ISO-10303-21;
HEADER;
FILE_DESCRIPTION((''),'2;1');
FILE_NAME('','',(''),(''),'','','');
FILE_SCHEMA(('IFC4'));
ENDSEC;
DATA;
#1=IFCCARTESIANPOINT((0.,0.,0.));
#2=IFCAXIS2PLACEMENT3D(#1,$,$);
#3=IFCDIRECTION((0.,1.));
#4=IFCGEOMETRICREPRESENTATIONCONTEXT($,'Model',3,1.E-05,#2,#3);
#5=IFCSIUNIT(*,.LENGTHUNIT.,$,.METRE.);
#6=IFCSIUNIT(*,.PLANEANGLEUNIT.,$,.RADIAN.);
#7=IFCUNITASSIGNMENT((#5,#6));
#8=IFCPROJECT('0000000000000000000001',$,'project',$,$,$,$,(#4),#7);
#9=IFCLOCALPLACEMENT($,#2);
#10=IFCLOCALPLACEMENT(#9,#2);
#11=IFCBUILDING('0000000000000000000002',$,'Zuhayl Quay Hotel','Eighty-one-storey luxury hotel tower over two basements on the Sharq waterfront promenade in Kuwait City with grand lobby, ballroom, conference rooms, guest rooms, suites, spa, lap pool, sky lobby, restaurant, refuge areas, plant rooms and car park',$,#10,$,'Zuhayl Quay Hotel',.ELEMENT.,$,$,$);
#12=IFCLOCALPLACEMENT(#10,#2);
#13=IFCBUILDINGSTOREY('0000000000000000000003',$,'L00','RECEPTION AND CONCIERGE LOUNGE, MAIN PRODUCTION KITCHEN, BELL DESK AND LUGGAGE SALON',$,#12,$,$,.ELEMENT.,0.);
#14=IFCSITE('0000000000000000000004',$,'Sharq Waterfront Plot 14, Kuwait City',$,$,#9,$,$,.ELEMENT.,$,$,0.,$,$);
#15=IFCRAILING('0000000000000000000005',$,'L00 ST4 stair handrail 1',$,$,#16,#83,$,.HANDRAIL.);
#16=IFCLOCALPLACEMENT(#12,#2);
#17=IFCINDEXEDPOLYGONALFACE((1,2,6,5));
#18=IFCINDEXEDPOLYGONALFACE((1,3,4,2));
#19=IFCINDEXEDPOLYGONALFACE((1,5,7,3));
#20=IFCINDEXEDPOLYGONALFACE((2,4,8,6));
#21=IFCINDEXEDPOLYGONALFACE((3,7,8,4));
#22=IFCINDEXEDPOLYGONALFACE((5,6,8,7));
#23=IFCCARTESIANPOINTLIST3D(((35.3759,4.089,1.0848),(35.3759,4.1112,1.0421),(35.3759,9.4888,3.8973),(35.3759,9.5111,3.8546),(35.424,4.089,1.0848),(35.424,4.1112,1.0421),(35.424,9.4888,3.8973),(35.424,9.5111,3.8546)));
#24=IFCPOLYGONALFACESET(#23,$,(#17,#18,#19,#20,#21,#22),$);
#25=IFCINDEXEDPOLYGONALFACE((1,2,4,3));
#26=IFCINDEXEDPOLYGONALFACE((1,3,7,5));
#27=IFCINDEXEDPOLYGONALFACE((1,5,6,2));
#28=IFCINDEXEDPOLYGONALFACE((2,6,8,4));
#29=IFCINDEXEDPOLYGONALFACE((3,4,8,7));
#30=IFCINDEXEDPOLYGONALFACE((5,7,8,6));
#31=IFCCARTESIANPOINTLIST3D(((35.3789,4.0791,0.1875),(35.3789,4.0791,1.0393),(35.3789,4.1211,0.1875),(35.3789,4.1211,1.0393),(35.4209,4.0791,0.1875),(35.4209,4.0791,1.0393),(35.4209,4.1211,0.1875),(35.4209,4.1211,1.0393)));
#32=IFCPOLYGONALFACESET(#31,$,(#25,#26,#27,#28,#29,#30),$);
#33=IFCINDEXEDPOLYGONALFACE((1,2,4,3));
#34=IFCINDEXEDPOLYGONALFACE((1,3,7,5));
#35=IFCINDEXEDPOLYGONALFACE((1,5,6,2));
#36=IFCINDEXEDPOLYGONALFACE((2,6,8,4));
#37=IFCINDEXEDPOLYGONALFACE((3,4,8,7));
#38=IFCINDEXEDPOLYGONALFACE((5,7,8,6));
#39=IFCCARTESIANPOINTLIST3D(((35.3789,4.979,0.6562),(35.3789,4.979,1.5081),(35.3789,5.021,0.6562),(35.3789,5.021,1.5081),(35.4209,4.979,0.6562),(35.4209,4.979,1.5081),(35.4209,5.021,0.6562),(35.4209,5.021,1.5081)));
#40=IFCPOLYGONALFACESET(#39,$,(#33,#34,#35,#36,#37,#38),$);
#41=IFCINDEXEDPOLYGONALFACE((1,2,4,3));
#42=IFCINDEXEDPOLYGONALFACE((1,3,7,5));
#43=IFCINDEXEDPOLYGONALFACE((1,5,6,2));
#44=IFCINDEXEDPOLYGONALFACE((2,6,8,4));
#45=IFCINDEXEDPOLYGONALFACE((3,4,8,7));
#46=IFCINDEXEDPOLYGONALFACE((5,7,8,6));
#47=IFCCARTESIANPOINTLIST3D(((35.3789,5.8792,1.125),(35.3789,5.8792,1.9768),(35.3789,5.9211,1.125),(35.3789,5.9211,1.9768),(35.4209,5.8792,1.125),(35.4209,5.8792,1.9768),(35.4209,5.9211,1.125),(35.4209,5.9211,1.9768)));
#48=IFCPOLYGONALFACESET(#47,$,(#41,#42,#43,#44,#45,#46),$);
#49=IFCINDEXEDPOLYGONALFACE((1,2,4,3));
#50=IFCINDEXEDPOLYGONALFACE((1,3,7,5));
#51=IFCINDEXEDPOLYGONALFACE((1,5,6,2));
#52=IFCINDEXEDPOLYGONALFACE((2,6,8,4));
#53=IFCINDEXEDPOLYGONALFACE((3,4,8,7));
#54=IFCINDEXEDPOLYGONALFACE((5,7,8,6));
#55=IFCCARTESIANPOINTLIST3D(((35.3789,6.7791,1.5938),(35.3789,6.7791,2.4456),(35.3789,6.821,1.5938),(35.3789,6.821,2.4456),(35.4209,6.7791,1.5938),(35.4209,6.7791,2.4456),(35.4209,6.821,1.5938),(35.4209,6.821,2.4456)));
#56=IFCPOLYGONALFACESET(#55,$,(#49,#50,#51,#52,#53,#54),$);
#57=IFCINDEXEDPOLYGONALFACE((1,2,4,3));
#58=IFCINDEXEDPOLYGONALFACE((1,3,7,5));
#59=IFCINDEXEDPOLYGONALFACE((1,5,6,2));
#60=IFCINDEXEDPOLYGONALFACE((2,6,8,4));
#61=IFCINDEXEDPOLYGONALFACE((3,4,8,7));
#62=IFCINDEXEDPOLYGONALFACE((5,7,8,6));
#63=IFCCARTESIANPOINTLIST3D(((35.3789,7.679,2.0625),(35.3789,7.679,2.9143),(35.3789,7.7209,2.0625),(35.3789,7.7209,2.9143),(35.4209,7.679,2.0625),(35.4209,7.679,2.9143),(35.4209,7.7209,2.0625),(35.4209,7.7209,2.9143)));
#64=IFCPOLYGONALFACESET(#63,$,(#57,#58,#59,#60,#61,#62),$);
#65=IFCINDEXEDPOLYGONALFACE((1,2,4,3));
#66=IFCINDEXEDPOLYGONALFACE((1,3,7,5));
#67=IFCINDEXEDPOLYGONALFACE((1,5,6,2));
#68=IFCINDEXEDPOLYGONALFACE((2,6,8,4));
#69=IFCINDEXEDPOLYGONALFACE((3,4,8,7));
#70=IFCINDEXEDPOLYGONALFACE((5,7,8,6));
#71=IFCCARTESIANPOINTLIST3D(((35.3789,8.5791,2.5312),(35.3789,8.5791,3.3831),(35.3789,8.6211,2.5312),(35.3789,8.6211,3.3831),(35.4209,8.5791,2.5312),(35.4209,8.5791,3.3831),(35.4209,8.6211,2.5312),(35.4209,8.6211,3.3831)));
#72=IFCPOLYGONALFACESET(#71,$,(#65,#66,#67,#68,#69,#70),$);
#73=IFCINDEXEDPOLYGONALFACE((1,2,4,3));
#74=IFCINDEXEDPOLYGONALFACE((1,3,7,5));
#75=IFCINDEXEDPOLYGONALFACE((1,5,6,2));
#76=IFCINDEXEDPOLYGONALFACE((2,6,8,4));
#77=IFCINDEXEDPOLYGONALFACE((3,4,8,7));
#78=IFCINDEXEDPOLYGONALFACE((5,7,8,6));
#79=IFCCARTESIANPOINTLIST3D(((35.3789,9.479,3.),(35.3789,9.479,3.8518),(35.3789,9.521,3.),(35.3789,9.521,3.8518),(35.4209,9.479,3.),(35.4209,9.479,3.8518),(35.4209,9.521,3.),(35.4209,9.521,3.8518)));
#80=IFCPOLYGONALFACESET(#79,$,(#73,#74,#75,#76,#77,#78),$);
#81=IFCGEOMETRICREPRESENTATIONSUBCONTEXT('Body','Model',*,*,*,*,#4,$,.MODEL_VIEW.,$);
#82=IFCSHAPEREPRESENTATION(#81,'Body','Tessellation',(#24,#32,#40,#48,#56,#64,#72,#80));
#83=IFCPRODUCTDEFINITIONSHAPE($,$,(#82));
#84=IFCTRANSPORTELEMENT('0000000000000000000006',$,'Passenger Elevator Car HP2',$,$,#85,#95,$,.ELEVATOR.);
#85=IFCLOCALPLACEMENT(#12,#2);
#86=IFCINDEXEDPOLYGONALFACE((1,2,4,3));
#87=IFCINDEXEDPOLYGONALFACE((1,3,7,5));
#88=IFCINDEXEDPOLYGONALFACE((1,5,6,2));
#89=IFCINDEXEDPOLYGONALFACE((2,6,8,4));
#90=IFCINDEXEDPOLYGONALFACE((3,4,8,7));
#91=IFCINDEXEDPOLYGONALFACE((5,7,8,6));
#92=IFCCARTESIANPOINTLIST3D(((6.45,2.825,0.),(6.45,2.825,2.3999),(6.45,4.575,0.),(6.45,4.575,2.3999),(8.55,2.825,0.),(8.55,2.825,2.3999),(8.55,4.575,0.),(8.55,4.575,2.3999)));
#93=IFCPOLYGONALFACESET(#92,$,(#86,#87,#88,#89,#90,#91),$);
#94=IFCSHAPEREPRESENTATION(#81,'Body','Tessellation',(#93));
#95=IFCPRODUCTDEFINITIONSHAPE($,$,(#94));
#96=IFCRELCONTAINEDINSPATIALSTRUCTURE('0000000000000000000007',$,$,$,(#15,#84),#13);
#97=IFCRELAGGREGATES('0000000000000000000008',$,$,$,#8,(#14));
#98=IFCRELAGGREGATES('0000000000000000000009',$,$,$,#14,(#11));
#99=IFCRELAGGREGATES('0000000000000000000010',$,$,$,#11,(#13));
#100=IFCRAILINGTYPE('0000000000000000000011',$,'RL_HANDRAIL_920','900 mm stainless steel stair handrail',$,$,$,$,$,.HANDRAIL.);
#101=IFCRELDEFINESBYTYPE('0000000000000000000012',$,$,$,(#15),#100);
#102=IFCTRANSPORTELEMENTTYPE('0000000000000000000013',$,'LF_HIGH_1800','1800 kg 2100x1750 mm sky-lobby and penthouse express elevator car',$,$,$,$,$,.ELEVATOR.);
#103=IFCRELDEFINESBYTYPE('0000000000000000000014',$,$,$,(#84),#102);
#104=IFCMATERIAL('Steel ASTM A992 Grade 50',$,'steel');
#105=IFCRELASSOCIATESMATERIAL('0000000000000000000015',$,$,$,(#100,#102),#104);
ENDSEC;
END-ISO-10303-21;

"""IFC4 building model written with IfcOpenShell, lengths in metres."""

from ifc_helpers import new_model, si_unit, direction, frame, origin, origin_2d, place, context, subcontext, project, spatial, rectangle, extrude, material, type_object, element, save


model = new_model("IFC4")

# Units and contexts
model_context = context("Model", 3, precision=1e-05, world=origin(), true_north=direction((0.0, 1.0)))
body_context = subcontext(model_context, "Body", "Model", "MODEL_VIEW")
ifc_project = project(units=[si_unit("LENGTHUNIT", "METRE"), si_unit("PLANEANGLEUNIT", "RADIAN")], contexts=[model_context])

# Site, building, storey
site_placement = place(None, origin())
site = spatial("IfcSite", under=ifc_project, at=site_placement, Name="Sharq Waterfront Plot 14, Kuwait City", CompositionType="ELEMENT", RefElevation=0.0)
building_placement = place(site_placement, origin())
building = spatial("IfcBuilding", under=site, at=building_placement, Name="Zuhayl Quay Hotel", Description="Eighty-one-storey luxury hotel tower over two basements on the Sharq waterfront promenade in Kuwait City with grand lobby, ballroom, conference rooms, guest rooms, suites, spa, lap pool, sky lobby, restaurant, refuge areas, plant rooms and car park", LongName="Zuhayl Quay Hotel", CompositionType="ELEMENT")
storey_placement = place(building_placement, origin())
storey = spatial("IfcBuildingStorey", under=building, at=storey_placement, Name="L00", Description="RECEPTION AND CONCIERGE LOUNGE, MAIN PRODUCTION KITCHEN, BELL DESK AND LUGGAGE SALON", CompositionType="ELEMENT", Elevation=0.0)

# Shared definitions
ifc_material_1 = material(Name="Steel ASTM A992 Grade 50", Category="steel")

# Railing
railing_type_1 = type_object("IfcRailingType", Name="RL_HANDRAIL_920", Description="900 mm stainless steel stair handrail", PredefinedType="HANDRAIL", material=ifc_material_1)
railing_1_placement = place(storey_placement, frame((35.3999, 4.1001, 0.1875)))
element("IfcRailing", 1, at=railing_1_placement, inside=storey, type_object=railing_type_1, Name="L00 ST4 stair handrail 1", PredefinedType="HANDRAIL", context=body_context, shape_type="SweptSolid", body=[
    extrude(rectangle(XDim=0.0481, YDim=0.0481, at=origin_2d()), frame((0.0, 0.0, 0.876), z_axis=(0.0, 0.886911, 0.461941), x_axis=(-1.0, 0.0, 0.0)), (0.0, 0.0, 1.0), 6.0884),
    extrude(rectangle(XDim=0.042, YDim=0.042, at=origin_2d()), origin(), (0.0, 0.0, 1.0), 0.8518),
    extrude(rectangle(XDim=0.042, YDim=0.042, at=origin_2d()), frame((0.0, 0.8999, 0.4688)), (0.0, 0.0, 1.0), 0.8518),
    extrude(rectangle(XDim=0.042, YDim=0.042, at=origin_2d()), frame((0.0, 1.8, 0.9375)), (0.0, 0.0, 1.0), 0.8518),
    extrude(rectangle(XDim=0.042, YDim=0.042, at=origin_2d()), frame((0.0, 2.7, 1.4062)), (0.0, 0.0, 1.0), 0.8518),
    extrude(rectangle(XDim=0.042, YDim=0.042, at=origin_2d()), frame((0.0, 3.5999, 1.875)), (0.0, 0.0, 1.0), 0.8518),
    extrude(rectangle(XDim=0.042, YDim=0.042, at=origin_2d()), frame((0.0, 4.5, 2.3438)), (0.0, 0.0, 1.0), 0.8518),
    extrude(rectangle(XDim=0.042, YDim=0.042, at=origin_2d()), frame((0.0, 5.3999, 2.8125)), (0.0, 0.0, 1.0), 0.8518),
])

# Transport element
transport_element_type = type_object("IfcTransportElementType", Name="LF_HIGH_1800", Description="1800 kg 2100x1750 mm sky-lobby and penthouse express elevator car", PredefinedType="ELEVATOR", material=ifc_material_1)
transport_element_placement = place(storey_placement, frame((7.5, 3.7, 0.0), z_axis=(0.0, 0.0, 1.0), x_axis=(1.0, 0.0, 0.0)))
element("IfcTransportElement", 2, at=transport_element_placement, inside=storey, type_object=transport_element_type, Name="Passenger Elevator Car HP2", PredefinedType="ELEVATOR", context=body_context, shape_type="SweptSolid", body=[
    extrude(rectangle(XDim=2.1001, YDim=1.75, at=origin_2d()), origin(), (0.0, 0.0, 1.0), 2.3999),
])

save(model, "model.ifc")
